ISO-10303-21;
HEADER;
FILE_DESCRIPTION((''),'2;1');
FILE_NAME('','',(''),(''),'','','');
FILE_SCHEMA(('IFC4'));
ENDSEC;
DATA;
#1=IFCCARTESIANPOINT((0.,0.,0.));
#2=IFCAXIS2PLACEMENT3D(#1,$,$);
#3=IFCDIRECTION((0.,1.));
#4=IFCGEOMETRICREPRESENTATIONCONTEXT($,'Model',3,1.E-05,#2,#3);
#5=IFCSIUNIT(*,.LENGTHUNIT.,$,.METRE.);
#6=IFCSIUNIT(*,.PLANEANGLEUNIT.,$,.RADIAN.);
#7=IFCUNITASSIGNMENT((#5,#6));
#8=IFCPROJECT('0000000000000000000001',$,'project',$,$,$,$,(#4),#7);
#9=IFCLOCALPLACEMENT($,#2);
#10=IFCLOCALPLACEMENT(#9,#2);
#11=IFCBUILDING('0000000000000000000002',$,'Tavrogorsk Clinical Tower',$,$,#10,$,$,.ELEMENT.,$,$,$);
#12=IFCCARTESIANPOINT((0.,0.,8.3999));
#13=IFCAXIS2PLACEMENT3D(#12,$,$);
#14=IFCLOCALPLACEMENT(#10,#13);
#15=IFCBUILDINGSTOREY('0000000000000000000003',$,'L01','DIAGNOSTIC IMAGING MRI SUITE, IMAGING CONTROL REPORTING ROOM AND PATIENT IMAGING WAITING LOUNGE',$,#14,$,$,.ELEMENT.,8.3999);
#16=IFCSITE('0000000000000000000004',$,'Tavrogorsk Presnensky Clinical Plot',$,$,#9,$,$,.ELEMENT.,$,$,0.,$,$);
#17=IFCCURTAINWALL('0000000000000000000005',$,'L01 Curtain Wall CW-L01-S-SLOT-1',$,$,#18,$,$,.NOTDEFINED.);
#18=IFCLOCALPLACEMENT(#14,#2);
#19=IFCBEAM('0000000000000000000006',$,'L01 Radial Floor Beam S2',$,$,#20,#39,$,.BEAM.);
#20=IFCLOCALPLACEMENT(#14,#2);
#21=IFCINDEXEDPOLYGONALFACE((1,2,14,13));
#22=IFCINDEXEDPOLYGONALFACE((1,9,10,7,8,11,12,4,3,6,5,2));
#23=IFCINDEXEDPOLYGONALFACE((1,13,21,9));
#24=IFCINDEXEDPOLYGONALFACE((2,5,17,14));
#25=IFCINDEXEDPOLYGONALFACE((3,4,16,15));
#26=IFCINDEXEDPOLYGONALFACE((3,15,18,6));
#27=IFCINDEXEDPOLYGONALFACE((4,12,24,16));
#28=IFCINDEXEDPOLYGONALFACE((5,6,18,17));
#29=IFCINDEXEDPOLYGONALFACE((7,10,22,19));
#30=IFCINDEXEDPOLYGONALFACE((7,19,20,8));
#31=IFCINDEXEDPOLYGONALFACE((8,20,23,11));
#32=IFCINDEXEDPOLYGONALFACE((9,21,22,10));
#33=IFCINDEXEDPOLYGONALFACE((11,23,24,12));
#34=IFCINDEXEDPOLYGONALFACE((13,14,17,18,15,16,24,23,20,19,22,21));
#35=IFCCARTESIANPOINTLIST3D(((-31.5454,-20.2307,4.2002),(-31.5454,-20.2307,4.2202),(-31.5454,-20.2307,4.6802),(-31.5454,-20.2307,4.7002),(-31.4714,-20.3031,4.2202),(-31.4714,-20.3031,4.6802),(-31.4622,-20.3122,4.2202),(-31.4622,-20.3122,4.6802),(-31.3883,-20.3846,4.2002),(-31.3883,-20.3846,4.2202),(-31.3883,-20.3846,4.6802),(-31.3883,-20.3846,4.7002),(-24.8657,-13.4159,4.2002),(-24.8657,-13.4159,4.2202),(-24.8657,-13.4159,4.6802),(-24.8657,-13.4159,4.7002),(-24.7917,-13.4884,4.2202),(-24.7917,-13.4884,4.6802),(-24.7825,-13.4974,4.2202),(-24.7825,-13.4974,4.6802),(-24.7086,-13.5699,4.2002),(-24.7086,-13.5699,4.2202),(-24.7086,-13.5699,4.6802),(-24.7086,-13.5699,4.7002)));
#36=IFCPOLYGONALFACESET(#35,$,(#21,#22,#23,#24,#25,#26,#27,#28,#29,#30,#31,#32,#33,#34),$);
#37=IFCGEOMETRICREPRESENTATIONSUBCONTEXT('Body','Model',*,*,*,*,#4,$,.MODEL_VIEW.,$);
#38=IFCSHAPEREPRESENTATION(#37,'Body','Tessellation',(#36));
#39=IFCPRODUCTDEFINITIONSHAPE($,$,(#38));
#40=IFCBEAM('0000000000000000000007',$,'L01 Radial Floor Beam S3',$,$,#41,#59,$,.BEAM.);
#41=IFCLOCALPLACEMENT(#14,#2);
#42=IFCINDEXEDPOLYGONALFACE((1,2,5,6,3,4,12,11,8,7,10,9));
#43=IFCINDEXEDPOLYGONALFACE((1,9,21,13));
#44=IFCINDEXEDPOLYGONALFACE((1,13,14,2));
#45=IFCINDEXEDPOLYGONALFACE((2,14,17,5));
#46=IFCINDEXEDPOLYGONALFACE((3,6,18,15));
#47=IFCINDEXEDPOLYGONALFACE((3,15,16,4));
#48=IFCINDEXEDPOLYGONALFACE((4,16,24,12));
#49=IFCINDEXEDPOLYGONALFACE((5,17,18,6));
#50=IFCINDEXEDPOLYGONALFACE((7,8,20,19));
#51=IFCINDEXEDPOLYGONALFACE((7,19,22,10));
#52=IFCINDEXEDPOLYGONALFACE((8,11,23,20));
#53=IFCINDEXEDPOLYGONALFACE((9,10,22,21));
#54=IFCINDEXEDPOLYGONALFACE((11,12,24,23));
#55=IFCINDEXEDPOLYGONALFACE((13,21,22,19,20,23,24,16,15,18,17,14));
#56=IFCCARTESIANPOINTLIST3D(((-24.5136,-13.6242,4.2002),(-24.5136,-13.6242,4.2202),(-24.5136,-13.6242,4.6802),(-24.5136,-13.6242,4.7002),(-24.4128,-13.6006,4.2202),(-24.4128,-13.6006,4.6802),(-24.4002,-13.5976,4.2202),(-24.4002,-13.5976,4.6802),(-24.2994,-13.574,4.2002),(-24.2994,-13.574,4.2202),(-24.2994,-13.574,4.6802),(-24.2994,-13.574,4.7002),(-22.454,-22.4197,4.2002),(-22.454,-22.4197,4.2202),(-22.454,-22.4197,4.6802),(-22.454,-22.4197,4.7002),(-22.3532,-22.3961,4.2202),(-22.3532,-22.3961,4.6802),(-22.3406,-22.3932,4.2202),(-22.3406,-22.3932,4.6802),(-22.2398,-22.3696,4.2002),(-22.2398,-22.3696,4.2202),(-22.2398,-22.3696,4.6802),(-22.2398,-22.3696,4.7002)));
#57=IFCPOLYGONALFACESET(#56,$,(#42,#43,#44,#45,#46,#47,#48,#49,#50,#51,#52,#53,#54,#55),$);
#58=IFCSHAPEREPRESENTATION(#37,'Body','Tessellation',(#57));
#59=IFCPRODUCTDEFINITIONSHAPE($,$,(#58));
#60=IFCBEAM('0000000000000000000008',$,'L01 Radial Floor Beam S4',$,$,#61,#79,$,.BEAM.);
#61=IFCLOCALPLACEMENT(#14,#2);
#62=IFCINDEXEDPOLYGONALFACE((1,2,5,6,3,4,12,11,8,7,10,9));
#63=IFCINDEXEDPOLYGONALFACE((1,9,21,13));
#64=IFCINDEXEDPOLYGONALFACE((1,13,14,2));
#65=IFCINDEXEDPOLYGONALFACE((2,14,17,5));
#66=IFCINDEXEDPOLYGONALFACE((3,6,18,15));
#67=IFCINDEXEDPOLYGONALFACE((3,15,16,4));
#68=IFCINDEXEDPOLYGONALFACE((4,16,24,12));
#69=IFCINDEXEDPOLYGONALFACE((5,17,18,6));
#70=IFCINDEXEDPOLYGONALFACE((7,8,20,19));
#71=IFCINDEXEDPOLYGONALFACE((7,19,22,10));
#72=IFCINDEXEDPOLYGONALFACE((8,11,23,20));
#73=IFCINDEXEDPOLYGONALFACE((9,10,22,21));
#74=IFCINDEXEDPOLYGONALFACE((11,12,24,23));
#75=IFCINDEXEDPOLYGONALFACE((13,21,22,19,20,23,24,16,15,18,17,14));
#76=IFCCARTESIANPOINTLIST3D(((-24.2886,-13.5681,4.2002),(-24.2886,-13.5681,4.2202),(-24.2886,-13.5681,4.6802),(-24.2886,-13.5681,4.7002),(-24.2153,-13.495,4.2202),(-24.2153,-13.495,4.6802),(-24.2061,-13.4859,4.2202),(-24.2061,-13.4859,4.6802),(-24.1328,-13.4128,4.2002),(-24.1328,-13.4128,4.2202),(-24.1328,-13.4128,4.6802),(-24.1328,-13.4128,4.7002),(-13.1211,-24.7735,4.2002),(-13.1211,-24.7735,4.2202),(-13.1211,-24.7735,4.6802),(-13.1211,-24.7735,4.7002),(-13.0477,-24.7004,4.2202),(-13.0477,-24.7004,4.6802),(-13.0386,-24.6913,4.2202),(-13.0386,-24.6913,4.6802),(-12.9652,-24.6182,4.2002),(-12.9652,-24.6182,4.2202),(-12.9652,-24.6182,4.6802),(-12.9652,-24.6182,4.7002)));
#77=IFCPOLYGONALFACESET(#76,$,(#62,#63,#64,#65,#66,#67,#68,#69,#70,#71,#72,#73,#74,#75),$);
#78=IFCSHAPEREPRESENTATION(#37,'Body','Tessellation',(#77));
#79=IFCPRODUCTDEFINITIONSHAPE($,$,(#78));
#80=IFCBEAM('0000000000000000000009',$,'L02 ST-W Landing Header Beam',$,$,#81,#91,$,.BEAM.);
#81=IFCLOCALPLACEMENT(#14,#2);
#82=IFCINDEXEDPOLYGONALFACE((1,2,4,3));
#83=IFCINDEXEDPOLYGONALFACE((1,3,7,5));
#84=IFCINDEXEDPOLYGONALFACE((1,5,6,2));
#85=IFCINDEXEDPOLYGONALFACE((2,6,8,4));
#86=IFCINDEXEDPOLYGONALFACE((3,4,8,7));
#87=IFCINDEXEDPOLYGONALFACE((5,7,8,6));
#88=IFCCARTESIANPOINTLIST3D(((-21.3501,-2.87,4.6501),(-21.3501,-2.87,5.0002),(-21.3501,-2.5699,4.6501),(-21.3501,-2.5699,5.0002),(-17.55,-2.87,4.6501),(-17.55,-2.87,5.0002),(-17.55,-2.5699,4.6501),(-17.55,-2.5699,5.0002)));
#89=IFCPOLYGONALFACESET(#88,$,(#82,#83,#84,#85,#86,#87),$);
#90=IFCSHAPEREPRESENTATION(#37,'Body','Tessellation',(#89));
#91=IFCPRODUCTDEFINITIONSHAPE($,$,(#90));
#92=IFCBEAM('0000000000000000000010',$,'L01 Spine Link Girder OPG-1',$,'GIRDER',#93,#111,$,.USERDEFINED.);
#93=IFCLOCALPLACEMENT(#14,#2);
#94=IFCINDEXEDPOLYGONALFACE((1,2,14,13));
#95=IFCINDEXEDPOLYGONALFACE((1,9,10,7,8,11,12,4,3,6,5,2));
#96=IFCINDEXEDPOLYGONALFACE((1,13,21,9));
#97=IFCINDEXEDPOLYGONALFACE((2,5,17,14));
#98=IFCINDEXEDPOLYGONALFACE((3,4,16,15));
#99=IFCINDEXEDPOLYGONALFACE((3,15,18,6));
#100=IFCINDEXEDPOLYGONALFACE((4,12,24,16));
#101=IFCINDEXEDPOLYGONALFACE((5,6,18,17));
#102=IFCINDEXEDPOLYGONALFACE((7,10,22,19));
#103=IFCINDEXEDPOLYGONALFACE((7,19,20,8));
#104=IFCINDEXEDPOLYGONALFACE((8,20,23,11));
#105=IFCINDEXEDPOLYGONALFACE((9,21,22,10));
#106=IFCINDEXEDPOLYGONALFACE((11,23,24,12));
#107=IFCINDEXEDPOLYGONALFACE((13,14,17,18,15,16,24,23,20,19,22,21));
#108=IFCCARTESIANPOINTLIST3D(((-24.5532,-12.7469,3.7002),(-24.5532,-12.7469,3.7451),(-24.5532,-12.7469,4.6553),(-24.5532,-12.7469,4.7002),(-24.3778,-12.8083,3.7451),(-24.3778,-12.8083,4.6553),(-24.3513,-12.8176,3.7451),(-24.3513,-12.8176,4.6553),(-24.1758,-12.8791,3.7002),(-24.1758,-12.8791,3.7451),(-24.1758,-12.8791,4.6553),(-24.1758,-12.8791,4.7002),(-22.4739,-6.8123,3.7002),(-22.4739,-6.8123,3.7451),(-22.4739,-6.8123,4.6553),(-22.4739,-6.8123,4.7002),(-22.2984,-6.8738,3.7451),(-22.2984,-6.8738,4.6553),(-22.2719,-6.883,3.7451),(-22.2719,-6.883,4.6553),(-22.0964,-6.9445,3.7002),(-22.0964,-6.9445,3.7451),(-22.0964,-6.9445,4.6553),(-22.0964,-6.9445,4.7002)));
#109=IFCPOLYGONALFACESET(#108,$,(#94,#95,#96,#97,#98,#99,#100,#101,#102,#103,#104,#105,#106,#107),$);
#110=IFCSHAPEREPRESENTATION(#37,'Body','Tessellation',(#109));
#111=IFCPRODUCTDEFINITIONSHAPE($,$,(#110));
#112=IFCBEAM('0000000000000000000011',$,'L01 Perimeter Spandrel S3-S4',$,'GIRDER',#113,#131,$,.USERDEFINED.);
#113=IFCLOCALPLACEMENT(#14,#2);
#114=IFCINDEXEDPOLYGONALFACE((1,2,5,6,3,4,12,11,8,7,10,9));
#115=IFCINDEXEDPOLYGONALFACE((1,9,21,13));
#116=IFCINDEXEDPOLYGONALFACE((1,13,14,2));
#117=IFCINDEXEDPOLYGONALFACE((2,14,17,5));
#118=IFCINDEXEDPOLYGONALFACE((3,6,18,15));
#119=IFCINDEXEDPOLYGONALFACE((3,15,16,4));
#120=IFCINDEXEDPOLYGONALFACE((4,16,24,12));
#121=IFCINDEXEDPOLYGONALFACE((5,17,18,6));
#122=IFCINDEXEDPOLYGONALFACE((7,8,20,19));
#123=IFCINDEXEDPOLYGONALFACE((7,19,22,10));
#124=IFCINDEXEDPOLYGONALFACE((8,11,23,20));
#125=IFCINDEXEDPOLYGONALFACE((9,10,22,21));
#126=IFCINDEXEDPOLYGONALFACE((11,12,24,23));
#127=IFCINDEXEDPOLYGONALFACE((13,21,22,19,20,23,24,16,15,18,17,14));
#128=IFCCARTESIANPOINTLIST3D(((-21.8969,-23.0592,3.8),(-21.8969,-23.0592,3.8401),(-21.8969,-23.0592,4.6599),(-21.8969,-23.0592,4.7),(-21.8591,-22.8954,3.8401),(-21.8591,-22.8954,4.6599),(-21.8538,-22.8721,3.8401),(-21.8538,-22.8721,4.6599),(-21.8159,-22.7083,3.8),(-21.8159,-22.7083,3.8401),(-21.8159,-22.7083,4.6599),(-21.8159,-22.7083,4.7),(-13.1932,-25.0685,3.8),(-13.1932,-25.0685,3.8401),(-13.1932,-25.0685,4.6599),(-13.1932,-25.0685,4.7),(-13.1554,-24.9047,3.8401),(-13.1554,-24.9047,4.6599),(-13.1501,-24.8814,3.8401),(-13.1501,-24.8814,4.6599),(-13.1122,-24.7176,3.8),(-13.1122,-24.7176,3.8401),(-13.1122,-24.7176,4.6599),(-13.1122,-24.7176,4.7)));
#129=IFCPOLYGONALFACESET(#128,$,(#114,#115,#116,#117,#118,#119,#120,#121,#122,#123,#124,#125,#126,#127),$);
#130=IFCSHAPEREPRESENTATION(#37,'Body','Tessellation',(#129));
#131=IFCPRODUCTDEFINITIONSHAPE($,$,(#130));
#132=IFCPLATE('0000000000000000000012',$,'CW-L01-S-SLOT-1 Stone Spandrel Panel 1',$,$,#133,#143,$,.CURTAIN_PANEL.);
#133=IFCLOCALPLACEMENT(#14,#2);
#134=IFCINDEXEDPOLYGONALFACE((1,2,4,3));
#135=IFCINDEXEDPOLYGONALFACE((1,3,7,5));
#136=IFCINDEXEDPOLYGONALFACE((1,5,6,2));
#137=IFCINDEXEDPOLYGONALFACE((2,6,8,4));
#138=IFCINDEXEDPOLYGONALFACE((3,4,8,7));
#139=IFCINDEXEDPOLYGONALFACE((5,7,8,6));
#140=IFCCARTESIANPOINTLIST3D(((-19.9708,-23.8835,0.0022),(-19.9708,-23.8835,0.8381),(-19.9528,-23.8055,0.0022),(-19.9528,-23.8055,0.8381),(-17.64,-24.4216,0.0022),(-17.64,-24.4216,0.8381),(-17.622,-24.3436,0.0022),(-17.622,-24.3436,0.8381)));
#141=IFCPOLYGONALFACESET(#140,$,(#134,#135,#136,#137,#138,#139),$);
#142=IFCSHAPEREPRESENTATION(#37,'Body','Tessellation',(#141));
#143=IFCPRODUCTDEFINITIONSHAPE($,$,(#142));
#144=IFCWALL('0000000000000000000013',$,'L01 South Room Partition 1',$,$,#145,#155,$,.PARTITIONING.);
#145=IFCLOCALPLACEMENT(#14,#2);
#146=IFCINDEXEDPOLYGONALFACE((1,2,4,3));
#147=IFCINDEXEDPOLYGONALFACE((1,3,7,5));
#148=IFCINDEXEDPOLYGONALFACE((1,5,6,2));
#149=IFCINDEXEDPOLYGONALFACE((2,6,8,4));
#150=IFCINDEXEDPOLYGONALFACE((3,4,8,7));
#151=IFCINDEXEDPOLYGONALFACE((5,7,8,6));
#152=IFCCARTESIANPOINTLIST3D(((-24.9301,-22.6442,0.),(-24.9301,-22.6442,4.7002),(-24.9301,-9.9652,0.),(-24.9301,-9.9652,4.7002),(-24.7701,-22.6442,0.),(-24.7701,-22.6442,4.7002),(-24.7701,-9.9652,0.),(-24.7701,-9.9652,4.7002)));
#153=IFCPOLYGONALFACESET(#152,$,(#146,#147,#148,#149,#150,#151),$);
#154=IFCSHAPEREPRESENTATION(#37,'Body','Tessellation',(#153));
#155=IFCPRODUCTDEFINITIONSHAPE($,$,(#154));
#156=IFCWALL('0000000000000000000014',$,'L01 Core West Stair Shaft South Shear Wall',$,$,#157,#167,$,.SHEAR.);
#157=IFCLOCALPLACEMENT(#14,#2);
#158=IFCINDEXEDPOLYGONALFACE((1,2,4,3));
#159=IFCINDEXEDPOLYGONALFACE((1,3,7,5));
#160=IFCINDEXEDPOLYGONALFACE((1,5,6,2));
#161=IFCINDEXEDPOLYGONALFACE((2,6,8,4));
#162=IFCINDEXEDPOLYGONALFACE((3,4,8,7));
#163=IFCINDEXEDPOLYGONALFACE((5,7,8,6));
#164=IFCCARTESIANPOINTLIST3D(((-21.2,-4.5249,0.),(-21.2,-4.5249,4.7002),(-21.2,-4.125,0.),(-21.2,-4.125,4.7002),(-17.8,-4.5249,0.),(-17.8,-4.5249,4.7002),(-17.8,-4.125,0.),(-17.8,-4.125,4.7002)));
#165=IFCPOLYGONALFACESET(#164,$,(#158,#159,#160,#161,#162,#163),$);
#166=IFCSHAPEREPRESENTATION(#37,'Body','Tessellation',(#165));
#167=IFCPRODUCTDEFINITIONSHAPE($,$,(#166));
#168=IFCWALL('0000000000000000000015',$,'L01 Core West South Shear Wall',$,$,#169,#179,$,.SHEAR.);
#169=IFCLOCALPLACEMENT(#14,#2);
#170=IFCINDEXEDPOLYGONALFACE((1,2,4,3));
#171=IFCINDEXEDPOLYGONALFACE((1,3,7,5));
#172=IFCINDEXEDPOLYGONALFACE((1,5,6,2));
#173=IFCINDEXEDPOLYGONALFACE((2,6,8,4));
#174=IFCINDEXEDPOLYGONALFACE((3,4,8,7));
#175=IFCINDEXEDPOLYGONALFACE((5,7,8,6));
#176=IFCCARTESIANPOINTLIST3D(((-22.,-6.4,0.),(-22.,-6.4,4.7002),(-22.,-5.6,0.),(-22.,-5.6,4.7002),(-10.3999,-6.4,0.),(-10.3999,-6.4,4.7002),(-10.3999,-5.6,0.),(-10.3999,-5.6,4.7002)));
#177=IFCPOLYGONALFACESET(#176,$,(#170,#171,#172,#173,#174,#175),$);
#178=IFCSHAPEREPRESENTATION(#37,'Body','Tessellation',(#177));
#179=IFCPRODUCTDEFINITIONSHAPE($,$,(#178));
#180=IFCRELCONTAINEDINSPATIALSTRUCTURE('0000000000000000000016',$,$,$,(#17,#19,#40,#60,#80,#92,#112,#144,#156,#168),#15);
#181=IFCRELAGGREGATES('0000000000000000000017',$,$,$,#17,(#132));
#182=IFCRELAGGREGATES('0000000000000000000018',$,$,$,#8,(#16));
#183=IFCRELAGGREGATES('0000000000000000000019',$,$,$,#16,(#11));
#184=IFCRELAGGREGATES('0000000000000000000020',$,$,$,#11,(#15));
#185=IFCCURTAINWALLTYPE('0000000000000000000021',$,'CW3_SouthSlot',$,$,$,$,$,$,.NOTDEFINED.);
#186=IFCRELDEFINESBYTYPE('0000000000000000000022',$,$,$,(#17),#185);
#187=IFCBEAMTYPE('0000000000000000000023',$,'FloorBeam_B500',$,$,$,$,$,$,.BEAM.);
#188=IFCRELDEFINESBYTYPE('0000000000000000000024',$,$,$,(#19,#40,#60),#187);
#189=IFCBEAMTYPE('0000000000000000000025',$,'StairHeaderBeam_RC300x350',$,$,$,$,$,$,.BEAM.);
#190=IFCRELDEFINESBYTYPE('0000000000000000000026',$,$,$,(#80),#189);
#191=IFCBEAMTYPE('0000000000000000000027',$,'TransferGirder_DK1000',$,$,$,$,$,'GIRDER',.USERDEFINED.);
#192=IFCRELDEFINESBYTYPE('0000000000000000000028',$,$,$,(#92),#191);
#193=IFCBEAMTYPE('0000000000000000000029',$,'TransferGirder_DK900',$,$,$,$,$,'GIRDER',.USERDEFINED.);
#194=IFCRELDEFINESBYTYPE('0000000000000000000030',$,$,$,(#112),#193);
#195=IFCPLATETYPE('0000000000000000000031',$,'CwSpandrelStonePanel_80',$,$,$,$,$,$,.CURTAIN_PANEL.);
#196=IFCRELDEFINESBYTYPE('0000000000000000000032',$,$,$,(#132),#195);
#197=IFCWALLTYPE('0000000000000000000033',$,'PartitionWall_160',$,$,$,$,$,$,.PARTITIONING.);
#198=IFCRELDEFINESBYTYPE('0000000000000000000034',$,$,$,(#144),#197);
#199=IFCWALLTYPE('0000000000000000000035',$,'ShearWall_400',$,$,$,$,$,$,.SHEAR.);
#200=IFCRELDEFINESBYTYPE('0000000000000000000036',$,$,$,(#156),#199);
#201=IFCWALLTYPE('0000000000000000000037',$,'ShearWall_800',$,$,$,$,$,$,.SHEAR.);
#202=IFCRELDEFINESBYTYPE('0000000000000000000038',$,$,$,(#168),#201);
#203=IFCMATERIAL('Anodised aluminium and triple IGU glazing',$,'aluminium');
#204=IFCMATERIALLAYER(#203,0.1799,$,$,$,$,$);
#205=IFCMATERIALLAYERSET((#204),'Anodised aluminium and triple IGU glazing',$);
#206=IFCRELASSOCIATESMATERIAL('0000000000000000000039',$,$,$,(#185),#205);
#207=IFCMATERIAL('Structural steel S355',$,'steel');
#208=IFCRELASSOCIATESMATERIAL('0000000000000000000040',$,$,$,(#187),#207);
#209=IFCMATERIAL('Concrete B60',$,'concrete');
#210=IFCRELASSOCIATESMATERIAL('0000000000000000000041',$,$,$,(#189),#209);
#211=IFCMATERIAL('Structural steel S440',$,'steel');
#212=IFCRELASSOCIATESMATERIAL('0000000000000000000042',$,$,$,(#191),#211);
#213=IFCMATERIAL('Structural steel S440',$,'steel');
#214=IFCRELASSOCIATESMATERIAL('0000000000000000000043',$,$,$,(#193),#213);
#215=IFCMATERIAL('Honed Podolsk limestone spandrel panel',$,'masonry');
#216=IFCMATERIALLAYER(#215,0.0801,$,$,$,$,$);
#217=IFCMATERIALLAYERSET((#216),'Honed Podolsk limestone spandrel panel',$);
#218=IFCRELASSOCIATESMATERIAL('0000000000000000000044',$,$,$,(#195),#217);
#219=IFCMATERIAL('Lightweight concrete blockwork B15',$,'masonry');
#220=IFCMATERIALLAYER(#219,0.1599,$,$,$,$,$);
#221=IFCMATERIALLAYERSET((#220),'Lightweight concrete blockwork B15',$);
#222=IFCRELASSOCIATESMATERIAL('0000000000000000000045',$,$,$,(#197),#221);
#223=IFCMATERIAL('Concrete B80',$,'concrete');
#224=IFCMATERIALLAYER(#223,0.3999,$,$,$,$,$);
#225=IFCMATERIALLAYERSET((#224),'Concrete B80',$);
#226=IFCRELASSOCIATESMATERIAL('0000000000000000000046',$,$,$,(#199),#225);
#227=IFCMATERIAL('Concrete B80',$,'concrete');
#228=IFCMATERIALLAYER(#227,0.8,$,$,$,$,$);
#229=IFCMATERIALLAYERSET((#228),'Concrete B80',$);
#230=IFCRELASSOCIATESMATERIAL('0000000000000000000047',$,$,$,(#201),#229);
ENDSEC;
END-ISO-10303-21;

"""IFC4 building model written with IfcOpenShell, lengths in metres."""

from ifc_helpers import new_model, si_unit, direction, frame, frame_2d, origin, origin_2d, place, context, subcontext, project, spatial, rectangle, i_section, extrude, material, layer, layer_set, material_profile, profile_set, type_object, element, aggregate, save


model = new_model("IFC4")

# Units and contexts
model_context = context("Model", 3, precision=1e-05, world=origin(), true_north=direction((0.0, 1.0)))
body_context = subcontext(model_context, "Body", "Model", "MODEL_VIEW")
ifc_project = project(units=[si_unit("LENGTHUNIT", "METRE"), si_unit("PLANEANGLEUNIT", "RADIAN")], contexts=[model_context])

# Site, building, storey
site_placement = place(None, origin())
site = spatial("IfcSite", under=ifc_project, at=site_placement, Name="Tavrogorsk Presnensky Clinical Plot", CompositionType="ELEMENT", RefElevation=0.0)
building_placement = place(site_placement, origin())
building = spatial("IfcBuilding", under=site, at=building_placement, Name="Tavrogorsk Clinical Tower", CompositionType="ELEMENT")
storey_placement = place(building_placement, frame((0.0, 0.0, 8.3999)))
storey = spatial("IfcBuildingStorey", under=building, at=storey_placement, Name="L01", Description="DIAGNOSTIC IMAGING MRI SUITE, IMAGING CONTROL REPORTING ROOM AND PATIENT IMAGING WAITING LOUNGE", CompositionType="ELEMENT", Elevation=8.3999)

# Curtain wall
ifc_material_1 = material(Name="Anodised aluminium and triple IGU glazing", Category="aluminium")
ifc_layer_1 = layer(ifc_material_1, 0.1799)
ifc_layer_set_1 = layer_set([ifc_layer_1], Name="Anodised aluminium and triple IGU glazing")
curtain_wall_type = type_object("IfcCurtainWallType", Name="CW3_SouthSlot", PredefinedType="NOTDEFINED", material=ifc_layer_set_1)
curtain_wall_placement = place(storey_placement, origin())
curtain_wall = element("IfcCurtainWall", 1, at=curtain_wall_placement, inside=storey, type_object=curtain_wall_type, Name="L01 Curtain Wall CW-L01-S-SLOT-1", PredefinedType="NOTDEFINED")

# Beams
ifc_material_2 = material(Name="Structural steel S355", Category="steel")
ifc_material_profile_1 = material_profile(ifc_material_2, i_section(OverallWidth=0.22, OverallDepth=0.5, WebThickness=0.0129, FlangeThickness=0.02, at=origin_2d()), Name="B-500x220x13x20")
ifc_profile_set_1 = profile_set([ifc_material_profile_1], Name="Structural steel S355")
beam_type_1 = type_object("IfcBeamType", Name="FloorBeam_B500", PredefinedType="BEAM", material=ifc_profile_set_1)
beam_1_placement = place(storey_placement, frame((-24.7871, -13.4929, 4.4502), z_axis=(-0.699997, -0.714146, 0.0), x_axis=(0.714146, -0.699997, 0.0)))
element("IfcBeam", 2, at=beam_1_placement, inside=storey, type_object=beam_type_1, Name="L01 Radial Floor Beam S2", PredefinedType="BEAM", context=body_context, shape_type="SweptSolid", body=[
    extrude(i_section(OverallWidth=0.22, OverallDepth=0.5, WebThickness=0.0129, FlangeThickness=0.02, at=origin_2d()), origin(), (0.0, 0.0, 1.0), 9.5425),
])
beam_2_placement = place(storey_placement, frame((-24.4065, -13.5991, 4.4502), z_axis=(0.227997, -0.973662, 0.0), x_axis=(0.973662, 0.227997, 0.0)))
element("IfcBeam", 3, at=beam_2_placement, inside=storey, type_object=beam_type_1, Name="L01 Radial Floor Beam S3", PredefinedType="BEAM", context=body_context, shape_type="SweptSolid", body=[
    extrude(i_section(OverallWidth=0.22, OverallDepth=0.5, WebThickness=0.0129, FlangeThickness=0.02, at=origin_2d()), origin(), (0.0, 0.0, 1.0), 9.0334),
])
beam_3_placement = place(storey_placement, frame((-24.2107, -13.4905, 4.4502), z_axis=(0.70591, -0.708302, 0.0), x_axis=(0.708302, 0.70591, 0.0)))
element("IfcBeam", 4, at=beam_3_placement, inside=storey, type_object=beam_type_1, Name="L01 Radial Floor Beam S4", PredefinedType="BEAM", context=body_context, shape_type="SweptSolid", body=[
    extrude(i_section(OverallWidth=0.22, OverallDepth=0.5, WebThickness=0.0129, FlangeThickness=0.02, at=origin_2d()), origin(), (0.0, 0.0, 1.0), 15.8201),
])
ifc_material_3 = material(Name="Concrete B60", Category="concrete")
ifc_material_profile_2 = material_profile(ifc_material_3, rectangle(XDim=0.3, YDim=0.3501, at=origin_2d()), Name="RC-SHB-300x350")
ifc_profile_set_2 = profile_set([ifc_material_profile_2], Name="Concrete B60")
beam_type_2 = type_object("IfcBeamType", Name="StairHeaderBeam_RC300x350", PredefinedType="BEAM", material=ifc_profile_set_2)
beam_4_placement = place(storey_placement, frame((-21.3501, -2.72, 4.8252), z_axis=(1.0, 0.0, 0.0), x_axis=(0.0, 1.0, 0.0)))
element("IfcBeam", 5, at=beam_4_placement, inside=storey, type_object=beam_type_2, Name="L02 ST-W Landing Header Beam", PredefinedType="BEAM", context=body_context, shape_type="SweptSolid", body=[
    extrude(rectangle(XDim=0.3, YDim=0.3501, at=origin_2d()), origin(), (0.0, 0.0, 1.0), 3.8),
])
ifc_material_4 = material(Name="Structural steel S440", Category="steel")
ifc_material_profile_3 = material_profile(ifc_material_4, i_section(OverallWidth=0.3999, OverallDepth=1.0, WebThickness=0.0281, FlangeThickness=0.0449, at=origin_2d()), Name="DK-1000x400x28x45")
ifc_profile_set_3 = profile_set([ifc_material_profile_3], Name="Structural steel S440")
beam_type_3 = type_object("IfcBeamType", Name="TransferGirder_DK1000", ElementType="GIRDER", PredefinedType="USERDEFINED", material=ifc_profile_set_3)
beam_5_placement = place(storey_placement, frame((-24.3645, -12.813, 4.2002), z_axis=(0.330669, 0.943747, 0.0), x_axis=(-0.943747, 0.330669, 0.0)))
element("IfcBeam", 6, at=beam_5_placement, inside=storey, type_object=beam_type_3, Name="L01 Spine Link Girder OPG-1", ObjectType="GIRDER", PredefinedType="USERDEFINED", context=body_context, shape_type="SweptSolid", body=[
    extrude(i_section(OverallWidth=0.3999, OverallDepth=1.0, WebThickness=0.0281, FlangeThickness=0.0449, at=origin_2d()), origin(), (0.0, 0.0, 1.0), 6.2883),
])
ifc_material_5 = material(Name="Structural steel S440", Category="steel")
ifc_material_profile_4 = material_profile(ifc_material_5, i_section(OverallWidth=0.3601, OverallDepth=0.8999, WebThickness=0.0239, FlangeThickness=0.04, at=origin_2d()), Name="DK-900x360x24x40")
ifc_profile_set_4 = profile_set([ifc_material_profile_4], Name="Structural steel S440")
beam_type_4 = type_object("IfcBeamType", Name="TransferGirder_DK900", ElementType="GIRDER", PredefinedType="USERDEFINED", material=ifc_profile_set_4)
beam_6_placement = place(storey_placement, frame((-21.8564, -22.8838, 4.25), z_axis=(0.974373, -0.224939, 0.0), x_axis=(0.224939, 0.974373, 0.0)))
element("IfcBeam", 7, at=beam_6_placement, inside=storey, type_object=beam_type_4, Name="L01 Perimeter Spandrel S3-S4", ObjectType="GIRDER", PredefinedType="USERDEFINED", context=body_context, shape_type="SweptSolid", body=[
    extrude(i_section(OverallWidth=0.3601, OverallDepth=0.8999, WebThickness=0.0239, FlangeThickness=0.04, at=origin_2d()), origin(), (0.0, 0.0, 1.0), 8.9326),
])

# Plate
ifc_material_6 = material(Name="Honed Podolsk limestone spandrel panel", Category="masonry")
ifc_layer_2 = layer(ifc_material_6, 0.0801)
ifc_layer_set_2 = layer_set([ifc_layer_2], Name="Honed Podolsk limestone spandrel panel")
plate_type = type_object("IfcPlateType", Name="CwSpandrelStonePanel_80", PredefinedType="CURTAIN_PANEL", material=ifc_layer_set_2)
plate_placement = place(storey_placement, frame((-18.7964, -24.1135, 0.0022), z_axis=(0.0, 0.0, 1.0), x_axis=(0.97437, -0.224951, 0.0)))
plate = element("IfcPlate", 8, at=plate_placement, type_object=plate_type, Name="CW-L01-S-SLOT-1 Stone Spandrel Panel 1", PredefinedType="CURTAIN_PANEL", context=body_context, shape_type="SweptSolid", body=[
    extrude(rectangle(XDim=2.3921, YDim=0.0801, at=origin_2d()), origin(), (0.0, 0.0, 1.0), 0.8359),
])
aggregate(curtain_wall, [plate])

# Walls
ifc_material_7 = material(Name="Lightweight concrete blockwork B15", Category="masonry")
ifc_layer_3 = layer(ifc_material_7, 0.1599)
ifc_layer_set_3 = layer_set([ifc_layer_3], Name="Lightweight concrete blockwork B15")
wall_type_1 = type_object("IfcWallType", Name="PartitionWall_160", PredefinedType="PARTITIONING", material=ifc_layer_set_3)
wall_1_placement = place(storey_placement, frame((-24.8501, -22.644, 0.0), z_axis=(0.0, 0.0, 1.0), x_axis=(0.0, 1.0, 0.0)))
element("IfcWall", 9, at=wall_1_placement, inside=storey, type_object=wall_type_1, Name="L01 South Room Partition 1", PredefinedType="PARTITIONING", context=body_context, shape_type="SweptSolid", body=[
    extrude(rectangle(XDim=12.679, YDim=0.1599, at=frame_2d((6.3394, 0.0))), origin(), (0.0, 0.0, 1.0), 4.7002),
])
ifc_material_8 = material(Name="Concrete B80", Category="concrete")
ifc_layer_4 = layer(ifc_material_8, 0.3999)
ifc_layer_set_4 = layer_set([ifc_layer_4], Name="Concrete B80")
wall_type_2 = type_object("IfcWallType", Name="ShearWall_400", PredefinedType="SHEAR", material=ifc_layer_set_4)
wall_2_placement = place(storey_placement, frame((-21.2, -4.325, 0.0), z_axis=(0.0, 0.0, 1.0), x_axis=(1.0, 0.0, 0.0)))
element("IfcWall", 10, at=wall_2_placement, inside=storey, type_object=wall_type_2, Name="L01 Core West Stair Shaft South Shear Wall", PredefinedType="SHEAR", context=body_context, shape_type="SweptSolid", body=[
    extrude(rectangle(XDim=3.3999, YDim=0.3999, at=frame_2d((1.7, 0.0))), origin(), (0.0, 0.0, 1.0), 4.7002),
])
ifc_material_9 = material(Name="Concrete B80", Category="concrete")
ifc_layer_5 = layer(ifc_material_9, 0.8)
ifc_layer_set_5 = layer_set([ifc_layer_5], Name="Concrete B80")
wall_type_3 = type_object("IfcWallType", Name="ShearWall_800", PredefinedType="SHEAR", material=ifc_layer_set_5)
wall_3_placement = place(storey_placement, frame((-22.0, -6.0, 0.0), z_axis=(0.0, 0.0, 1.0), x_axis=(1.0, 0.0, 0.0)))
element("IfcWall", 11, at=wall_3_placement, inside=storey, type_object=wall_type_3, Name="L01 Core West South Shear Wall", PredefinedType="SHEAR", context=body_context, shape_type="SweptSolid", body=[
    extrude(rectangle(XDim=11.6001, YDim=0.8, at=frame_2d((5.8, 0.0))), origin(), (0.0, 0.0, 1.0), 4.7002),
])

save(model, "model.ifc")
